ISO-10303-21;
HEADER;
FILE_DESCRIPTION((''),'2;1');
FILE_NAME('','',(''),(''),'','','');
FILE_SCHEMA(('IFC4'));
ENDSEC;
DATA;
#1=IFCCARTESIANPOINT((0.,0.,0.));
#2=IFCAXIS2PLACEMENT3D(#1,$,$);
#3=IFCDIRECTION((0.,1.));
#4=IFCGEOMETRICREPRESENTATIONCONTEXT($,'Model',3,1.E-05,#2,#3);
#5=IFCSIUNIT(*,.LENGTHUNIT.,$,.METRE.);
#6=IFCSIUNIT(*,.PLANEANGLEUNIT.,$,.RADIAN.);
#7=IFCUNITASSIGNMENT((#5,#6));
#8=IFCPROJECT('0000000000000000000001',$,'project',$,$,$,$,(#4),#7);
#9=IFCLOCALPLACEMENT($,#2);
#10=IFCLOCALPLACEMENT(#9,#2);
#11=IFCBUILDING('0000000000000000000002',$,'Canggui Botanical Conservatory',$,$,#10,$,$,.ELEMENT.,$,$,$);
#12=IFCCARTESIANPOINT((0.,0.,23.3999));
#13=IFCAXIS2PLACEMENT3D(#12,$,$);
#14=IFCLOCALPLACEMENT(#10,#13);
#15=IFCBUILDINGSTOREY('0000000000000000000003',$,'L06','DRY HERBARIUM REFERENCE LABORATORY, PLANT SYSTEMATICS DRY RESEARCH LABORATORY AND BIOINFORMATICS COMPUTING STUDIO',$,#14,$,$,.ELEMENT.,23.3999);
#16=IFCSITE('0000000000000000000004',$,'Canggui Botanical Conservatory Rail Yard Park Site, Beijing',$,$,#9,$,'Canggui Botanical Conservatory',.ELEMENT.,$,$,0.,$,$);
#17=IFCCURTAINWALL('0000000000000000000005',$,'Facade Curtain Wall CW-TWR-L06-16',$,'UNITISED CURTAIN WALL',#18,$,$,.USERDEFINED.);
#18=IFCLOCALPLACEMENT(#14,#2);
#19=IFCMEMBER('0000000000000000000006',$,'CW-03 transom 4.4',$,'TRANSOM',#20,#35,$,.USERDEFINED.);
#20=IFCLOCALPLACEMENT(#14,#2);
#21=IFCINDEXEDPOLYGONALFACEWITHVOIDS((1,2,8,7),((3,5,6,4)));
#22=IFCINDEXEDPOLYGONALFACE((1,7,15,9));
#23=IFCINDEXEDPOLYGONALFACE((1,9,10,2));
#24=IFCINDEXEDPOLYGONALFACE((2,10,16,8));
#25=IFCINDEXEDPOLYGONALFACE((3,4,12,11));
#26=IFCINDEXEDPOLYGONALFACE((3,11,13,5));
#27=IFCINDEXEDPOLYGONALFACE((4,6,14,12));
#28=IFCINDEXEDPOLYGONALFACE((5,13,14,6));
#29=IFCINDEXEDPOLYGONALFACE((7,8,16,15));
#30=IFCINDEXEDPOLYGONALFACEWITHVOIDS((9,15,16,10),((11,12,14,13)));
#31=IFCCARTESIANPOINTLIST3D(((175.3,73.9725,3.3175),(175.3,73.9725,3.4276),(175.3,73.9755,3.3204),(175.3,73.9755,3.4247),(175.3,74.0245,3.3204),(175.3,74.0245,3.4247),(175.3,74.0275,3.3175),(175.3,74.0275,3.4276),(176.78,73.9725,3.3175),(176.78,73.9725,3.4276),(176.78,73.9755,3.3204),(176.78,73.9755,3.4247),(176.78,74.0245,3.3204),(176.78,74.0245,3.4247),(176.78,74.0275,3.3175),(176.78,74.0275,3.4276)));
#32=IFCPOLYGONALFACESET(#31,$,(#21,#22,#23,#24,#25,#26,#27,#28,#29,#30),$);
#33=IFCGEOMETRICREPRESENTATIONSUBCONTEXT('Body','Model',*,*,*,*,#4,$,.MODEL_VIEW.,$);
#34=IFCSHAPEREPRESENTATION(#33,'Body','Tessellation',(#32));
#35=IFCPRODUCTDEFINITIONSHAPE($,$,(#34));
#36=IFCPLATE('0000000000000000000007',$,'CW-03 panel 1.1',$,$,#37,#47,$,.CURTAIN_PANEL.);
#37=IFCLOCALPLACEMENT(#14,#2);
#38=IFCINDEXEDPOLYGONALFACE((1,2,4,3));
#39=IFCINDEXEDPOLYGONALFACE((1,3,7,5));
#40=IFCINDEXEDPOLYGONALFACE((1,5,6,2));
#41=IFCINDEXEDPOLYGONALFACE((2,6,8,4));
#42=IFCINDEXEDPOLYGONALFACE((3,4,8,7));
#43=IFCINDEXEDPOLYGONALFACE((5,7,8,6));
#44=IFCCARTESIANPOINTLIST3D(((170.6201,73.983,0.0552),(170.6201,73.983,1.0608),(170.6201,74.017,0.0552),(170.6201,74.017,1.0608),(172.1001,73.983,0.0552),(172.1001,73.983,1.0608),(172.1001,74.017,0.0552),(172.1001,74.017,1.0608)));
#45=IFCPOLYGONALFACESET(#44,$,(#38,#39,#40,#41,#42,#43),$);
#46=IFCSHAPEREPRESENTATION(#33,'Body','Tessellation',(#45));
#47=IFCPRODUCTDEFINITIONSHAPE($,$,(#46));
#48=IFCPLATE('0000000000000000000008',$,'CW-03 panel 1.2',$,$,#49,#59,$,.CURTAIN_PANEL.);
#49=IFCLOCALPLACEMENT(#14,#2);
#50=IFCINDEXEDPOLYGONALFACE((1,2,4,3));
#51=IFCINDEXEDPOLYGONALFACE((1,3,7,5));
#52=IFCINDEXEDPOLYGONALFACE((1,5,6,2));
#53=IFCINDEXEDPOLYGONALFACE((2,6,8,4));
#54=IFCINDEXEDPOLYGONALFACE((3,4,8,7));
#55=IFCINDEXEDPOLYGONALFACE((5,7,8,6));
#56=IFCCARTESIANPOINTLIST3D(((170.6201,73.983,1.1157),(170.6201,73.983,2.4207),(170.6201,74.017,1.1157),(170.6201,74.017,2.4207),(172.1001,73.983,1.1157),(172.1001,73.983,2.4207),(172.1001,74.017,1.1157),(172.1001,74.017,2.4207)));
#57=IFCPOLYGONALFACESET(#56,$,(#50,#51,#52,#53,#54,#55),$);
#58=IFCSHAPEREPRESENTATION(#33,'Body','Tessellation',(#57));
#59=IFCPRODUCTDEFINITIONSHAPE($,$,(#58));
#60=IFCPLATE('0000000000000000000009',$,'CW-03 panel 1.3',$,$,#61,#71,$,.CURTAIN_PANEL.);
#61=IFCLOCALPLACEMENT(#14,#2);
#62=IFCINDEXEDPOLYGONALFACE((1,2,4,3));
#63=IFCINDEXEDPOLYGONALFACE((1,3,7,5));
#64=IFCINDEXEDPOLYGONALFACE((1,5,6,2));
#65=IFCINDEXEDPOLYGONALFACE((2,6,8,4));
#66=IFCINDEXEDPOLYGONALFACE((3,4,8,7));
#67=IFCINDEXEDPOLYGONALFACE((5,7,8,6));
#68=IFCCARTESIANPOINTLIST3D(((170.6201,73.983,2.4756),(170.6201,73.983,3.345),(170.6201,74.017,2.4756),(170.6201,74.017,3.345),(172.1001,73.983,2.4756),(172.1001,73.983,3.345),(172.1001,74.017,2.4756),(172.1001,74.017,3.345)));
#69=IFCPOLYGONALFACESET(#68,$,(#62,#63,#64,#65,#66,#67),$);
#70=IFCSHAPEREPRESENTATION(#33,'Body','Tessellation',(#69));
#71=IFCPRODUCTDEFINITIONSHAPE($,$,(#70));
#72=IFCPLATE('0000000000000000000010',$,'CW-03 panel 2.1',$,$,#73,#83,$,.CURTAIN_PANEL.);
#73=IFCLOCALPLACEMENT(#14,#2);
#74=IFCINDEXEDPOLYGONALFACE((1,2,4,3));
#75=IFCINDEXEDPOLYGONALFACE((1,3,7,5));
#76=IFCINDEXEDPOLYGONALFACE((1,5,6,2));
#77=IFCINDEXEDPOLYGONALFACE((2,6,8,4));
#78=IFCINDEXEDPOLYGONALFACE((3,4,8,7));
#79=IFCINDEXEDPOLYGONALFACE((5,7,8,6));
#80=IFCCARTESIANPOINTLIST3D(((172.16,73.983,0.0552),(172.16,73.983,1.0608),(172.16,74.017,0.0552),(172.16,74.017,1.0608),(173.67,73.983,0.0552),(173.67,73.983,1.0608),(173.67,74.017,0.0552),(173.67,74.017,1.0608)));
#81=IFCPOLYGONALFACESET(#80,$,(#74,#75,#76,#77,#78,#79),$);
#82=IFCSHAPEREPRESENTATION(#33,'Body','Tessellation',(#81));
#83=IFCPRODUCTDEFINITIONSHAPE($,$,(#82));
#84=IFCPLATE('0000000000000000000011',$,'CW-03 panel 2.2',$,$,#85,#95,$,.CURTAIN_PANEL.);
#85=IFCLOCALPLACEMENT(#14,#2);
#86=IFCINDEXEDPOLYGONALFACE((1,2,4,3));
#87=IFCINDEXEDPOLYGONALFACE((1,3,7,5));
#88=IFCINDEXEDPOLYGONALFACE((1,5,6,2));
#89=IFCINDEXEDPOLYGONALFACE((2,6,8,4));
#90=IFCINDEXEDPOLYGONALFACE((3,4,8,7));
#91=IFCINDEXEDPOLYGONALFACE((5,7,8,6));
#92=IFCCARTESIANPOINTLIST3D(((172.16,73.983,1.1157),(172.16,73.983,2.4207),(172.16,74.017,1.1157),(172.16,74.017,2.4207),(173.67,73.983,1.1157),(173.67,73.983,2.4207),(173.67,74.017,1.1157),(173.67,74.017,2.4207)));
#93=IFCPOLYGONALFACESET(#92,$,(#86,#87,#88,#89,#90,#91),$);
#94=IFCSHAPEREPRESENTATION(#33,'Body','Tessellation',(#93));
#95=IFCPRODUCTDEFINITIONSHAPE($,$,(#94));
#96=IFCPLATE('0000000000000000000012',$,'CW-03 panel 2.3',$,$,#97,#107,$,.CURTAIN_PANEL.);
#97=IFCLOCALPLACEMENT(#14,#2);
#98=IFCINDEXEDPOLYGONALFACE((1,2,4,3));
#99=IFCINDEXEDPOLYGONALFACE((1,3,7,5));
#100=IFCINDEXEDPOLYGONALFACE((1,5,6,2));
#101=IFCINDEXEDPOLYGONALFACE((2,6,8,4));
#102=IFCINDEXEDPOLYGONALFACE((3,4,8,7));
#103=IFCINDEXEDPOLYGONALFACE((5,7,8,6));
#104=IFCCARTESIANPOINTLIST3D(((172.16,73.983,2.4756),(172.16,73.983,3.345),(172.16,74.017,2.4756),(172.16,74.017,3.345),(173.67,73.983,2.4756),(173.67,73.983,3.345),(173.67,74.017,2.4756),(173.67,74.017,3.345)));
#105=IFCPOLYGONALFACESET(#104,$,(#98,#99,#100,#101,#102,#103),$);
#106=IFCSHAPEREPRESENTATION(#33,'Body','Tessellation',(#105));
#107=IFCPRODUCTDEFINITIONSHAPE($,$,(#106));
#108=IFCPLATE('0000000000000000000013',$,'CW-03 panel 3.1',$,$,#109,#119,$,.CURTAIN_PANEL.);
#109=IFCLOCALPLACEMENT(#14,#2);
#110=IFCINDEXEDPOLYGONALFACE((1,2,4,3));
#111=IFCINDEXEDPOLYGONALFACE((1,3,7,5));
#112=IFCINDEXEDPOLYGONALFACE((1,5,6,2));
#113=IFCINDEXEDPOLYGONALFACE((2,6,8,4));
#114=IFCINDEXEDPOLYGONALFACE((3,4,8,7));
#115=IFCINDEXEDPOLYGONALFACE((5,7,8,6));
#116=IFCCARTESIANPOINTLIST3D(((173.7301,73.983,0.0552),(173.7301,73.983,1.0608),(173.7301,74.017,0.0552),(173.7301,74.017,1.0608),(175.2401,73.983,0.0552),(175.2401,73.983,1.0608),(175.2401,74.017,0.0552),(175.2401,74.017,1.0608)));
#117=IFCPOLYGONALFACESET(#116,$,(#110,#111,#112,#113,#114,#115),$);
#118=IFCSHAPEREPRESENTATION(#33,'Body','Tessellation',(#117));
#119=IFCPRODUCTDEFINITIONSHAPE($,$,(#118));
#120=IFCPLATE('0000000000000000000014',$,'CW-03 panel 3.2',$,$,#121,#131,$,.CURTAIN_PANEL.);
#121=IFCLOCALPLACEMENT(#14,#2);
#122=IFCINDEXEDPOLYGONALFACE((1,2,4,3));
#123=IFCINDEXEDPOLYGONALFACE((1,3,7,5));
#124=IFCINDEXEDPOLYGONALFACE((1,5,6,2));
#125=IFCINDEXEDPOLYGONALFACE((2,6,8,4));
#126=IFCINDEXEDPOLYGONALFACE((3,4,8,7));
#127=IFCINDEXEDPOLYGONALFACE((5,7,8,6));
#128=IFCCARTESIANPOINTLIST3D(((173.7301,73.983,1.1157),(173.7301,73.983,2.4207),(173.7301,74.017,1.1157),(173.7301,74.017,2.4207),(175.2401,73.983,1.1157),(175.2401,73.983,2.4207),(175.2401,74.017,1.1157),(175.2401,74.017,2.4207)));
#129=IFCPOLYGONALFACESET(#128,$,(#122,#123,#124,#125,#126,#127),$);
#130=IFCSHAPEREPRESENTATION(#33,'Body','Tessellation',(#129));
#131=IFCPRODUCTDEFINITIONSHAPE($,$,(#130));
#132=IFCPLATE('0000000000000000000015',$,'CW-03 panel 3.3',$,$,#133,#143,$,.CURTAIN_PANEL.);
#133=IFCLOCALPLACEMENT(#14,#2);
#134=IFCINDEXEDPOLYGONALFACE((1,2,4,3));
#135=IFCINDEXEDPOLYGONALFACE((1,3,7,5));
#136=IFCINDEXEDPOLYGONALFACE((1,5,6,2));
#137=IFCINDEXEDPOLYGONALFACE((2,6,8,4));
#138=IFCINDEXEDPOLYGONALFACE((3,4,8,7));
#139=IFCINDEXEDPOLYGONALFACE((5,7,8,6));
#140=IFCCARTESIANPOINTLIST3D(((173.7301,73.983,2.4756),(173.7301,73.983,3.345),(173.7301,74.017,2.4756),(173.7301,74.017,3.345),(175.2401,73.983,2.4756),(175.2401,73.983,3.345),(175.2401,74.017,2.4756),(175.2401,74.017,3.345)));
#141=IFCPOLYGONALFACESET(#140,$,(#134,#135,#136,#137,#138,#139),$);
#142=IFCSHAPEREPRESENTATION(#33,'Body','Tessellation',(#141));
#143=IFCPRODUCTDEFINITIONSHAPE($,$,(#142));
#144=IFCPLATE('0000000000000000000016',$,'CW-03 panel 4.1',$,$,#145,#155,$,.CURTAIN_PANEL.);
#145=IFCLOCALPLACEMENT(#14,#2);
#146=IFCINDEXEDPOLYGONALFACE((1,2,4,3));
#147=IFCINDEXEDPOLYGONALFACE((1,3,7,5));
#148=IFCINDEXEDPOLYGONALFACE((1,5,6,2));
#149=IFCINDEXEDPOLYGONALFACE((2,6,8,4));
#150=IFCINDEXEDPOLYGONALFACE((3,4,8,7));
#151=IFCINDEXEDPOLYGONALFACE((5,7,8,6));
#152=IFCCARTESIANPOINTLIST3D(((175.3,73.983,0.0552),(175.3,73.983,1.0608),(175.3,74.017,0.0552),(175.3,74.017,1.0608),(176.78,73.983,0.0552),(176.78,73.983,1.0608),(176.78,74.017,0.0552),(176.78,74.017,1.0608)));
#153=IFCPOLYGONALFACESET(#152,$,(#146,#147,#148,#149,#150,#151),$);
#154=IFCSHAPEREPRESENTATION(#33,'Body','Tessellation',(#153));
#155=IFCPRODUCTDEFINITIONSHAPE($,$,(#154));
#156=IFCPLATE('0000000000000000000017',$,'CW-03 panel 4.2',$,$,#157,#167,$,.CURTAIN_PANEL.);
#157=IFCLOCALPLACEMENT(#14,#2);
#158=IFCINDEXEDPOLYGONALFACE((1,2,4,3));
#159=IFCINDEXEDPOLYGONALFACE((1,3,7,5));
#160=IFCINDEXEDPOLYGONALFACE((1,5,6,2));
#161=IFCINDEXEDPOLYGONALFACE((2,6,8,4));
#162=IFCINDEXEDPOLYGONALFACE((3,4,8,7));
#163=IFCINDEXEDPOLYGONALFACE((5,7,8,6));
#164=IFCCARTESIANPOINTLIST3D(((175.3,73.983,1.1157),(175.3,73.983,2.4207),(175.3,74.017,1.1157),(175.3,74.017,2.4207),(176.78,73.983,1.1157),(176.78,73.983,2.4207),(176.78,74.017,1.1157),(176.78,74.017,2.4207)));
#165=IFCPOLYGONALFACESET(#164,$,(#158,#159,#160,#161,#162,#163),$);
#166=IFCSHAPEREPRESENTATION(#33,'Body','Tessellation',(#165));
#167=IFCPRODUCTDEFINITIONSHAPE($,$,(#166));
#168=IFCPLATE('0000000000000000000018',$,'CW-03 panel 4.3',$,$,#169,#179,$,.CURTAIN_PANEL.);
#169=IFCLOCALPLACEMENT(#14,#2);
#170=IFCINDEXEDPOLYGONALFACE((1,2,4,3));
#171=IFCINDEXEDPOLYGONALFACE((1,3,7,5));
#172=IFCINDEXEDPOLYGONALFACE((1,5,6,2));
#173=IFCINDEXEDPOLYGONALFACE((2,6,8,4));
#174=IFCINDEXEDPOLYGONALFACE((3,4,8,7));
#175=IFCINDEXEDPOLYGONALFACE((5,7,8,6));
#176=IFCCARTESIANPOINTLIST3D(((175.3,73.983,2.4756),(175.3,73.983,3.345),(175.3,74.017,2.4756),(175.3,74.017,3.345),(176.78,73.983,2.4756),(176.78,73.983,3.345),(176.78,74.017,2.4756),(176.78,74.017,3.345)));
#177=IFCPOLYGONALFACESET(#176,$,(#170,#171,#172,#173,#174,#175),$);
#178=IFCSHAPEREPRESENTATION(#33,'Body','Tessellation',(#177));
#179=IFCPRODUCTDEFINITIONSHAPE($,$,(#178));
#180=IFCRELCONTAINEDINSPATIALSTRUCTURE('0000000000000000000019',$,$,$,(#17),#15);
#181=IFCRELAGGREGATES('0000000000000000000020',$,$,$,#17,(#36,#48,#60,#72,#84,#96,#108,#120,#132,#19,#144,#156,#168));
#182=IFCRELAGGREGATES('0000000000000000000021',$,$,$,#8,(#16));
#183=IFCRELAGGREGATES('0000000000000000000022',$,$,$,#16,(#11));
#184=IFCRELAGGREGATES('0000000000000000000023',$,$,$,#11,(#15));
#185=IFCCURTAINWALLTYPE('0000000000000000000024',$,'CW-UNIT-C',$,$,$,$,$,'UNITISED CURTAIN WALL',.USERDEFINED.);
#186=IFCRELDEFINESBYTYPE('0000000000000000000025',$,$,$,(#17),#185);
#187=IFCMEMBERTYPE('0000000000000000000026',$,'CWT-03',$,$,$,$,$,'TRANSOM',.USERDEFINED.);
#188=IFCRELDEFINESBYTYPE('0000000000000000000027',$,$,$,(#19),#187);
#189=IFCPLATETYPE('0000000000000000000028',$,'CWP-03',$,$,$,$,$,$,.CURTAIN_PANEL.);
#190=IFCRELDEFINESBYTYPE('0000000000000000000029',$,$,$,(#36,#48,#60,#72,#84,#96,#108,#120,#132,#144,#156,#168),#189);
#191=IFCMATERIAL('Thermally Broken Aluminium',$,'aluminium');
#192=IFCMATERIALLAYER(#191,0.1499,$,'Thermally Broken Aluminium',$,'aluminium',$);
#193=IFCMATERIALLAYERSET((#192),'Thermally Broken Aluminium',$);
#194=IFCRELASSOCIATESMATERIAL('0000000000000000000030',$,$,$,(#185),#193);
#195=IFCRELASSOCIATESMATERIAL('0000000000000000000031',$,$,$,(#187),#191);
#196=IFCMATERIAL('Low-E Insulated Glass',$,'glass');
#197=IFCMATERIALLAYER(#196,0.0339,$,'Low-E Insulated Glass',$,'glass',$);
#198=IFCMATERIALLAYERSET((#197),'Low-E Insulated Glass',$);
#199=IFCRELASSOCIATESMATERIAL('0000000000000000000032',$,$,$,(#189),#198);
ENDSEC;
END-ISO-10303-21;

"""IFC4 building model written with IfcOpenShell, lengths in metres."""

from ifc_helpers import new_model, si_unit, direction, frame, origin, origin_2d, place, context, subcontext, project, spatial, rectangle, hollow_rectangle, extrude, material, layer, layer_set, material_profile, profile_set, type_object, element, aggregate, save


model = new_model("IFC4")

# Units and contexts
model_context = context("Model", 3, precision=1e-05, world=origin(), true_north=direction((0.0, 1.0)))
body_context = subcontext(model_context, "Body", "Model", "MODEL_VIEW")
ifc_project = project(units=[si_unit("LENGTHUNIT", "METRE"), si_unit("PLANEANGLEUNIT", "RADIAN")], contexts=[model_context])

# Site, building, storey
site_placement = place(None, origin())
site = spatial("IfcSite", under=ifc_project, at=site_placement, Name="Canggui Botanical Conservatory Rail Yard Park Site, Beijing", LongName="Canggui Botanical Conservatory", CompositionType="ELEMENT", RefElevation=0.0)
building_placement = place(site_placement, origin())
building = spatial("IfcBuilding", under=site, at=building_placement, Name="Canggui Botanical Conservatory", CompositionType="ELEMENT")
storey_placement = place(building_placement, frame((0.0, 0.0, 23.3999)))
storey = spatial("IfcBuildingStorey", under=building, at=storey_placement, Name="L06", Description="DRY HERBARIUM REFERENCE LABORATORY, PLANT SYSTEMATICS DRY RESEARCH LABORATORY AND BIOINFORMATICS COMPUTING STUDIO", CompositionType="ELEMENT", Elevation=23.3999)

# Curtain wall
ifc_material_1 = material(Name="Thermally Broken Aluminium", Category="aluminium")
ifc_layer_1 = layer(ifc_material_1, 0.1499, Name="Thermally Broken Aluminium", Category="aluminium")
ifc_layer_set_1 = layer_set([ifc_layer_1], Name="Thermally Broken Aluminium")
curtain_wall_type = type_object("IfcCurtainWallType", Name="CW-UNIT-C", ElementType="UNITISED CURTAIN WALL", PredefinedType="USERDEFINED", material=ifc_layer_set_1)
curtain_wall_1_placement = place(storey_placement, origin())
curtain_wall_1 = element("IfcCurtainWall", 1, at=curtain_wall_1_placement, inside=storey, type_object=curtain_wall_type, Name="Facade Curtain Wall CW-TWR-L06-16", ObjectType="UNITISED CURTAIN WALL", PredefinedType="USERDEFINED")

# Member
ifc_material_profile_1 = material_profile(ifc_material_1, hollow_rectangle(XDim=0.0549, YDim=0.1101, WallThickness=0.0029, at=origin_2d()), Name="CWT 55x110x3")
ifc_profile_set_1 = profile_set([ifc_material_profile_1], Name="Thermally Broken Aluminium")
member_type_1 = type_object("IfcMemberType", Name="CWT-03", ElementType="TRANSOM", PredefinedType="USERDEFINED", material=ifc_profile_set_1)
member_1_placement = place(storey_placement, frame((175.3, 74.0, 3.3726), z_axis=(1.0, 0.0, 0.0), x_axis=(0.0, 1.0, 0.0)))
member_1 = element("IfcMember", 2, at=member_1_placement, type_object=member_type_1, Name="CW-03 transom 4.4", ObjectType="TRANSOM", PredefinedType="USERDEFINED", context=body_context, shape_type="SweptSolid", body=[
    extrude(hollow_rectangle(XDim=0.0549, YDim=0.1101, WallThickness=0.0029, at=origin_2d()), origin(), (0.0, 0.0, 1.0), 1.48),
])

# Plates
ifc_material_2 = material(Name="Low-E Insulated Glass", Category="glass")
ifc_layer_2 = layer(ifc_material_2, 0.0339, Name="Low-E Insulated Glass", Category="glass")
ifc_layer_set_2 = layer_set([ifc_layer_2], Name="Low-E Insulated Glass")
plate_type = type_object("IfcPlateType", Name="CWP-03", PredefinedType="CURTAIN_PANEL", material=ifc_layer_set_2)
plate_1_placement = place(storey_placement, frame((171.3601, 74.0, 0.0552), z_axis=(0.0, 0.0, 1.0), x_axis=(1.0, 0.0, 0.0)))
plate_1 = element("IfcPlate", 3, at=plate_1_placement, type_object=plate_type, Name="CW-03 panel 1.1", PredefinedType="CURTAIN_PANEL", context=body_context, shape_type="SweptSolid", body=[
    extrude(rectangle(XDim=1.48, YDim=0.0339, at=origin_2d()), origin(), (0.0, 0.0, 1.0), 1.0056),
])
plate_2_placement = place(storey_placement, frame((171.3601, 74.0, 1.1157), z_axis=(0.0, 0.0, 1.0), x_axis=(1.0, 0.0, 0.0)))
plate_2 = element("IfcPlate", 4, at=plate_2_placement, type_object=plate_type, Name="CW-03 panel 1.2", PredefinedType="CURTAIN_PANEL", context=body_context, shape_type="SweptSolid", body=[
    extrude(rectangle(XDim=1.48, YDim=0.0339, at=origin_2d()), origin(), (0.0, 0.0, 1.0), 1.3049),
])
plate_3_placement = place(storey_placement, frame((171.3601, 74.0, 2.4756), z_axis=(0.0, 0.0, 1.0), x_axis=(1.0, 0.0, 0.0)))
plate_3 = element("IfcPlate", 5, at=plate_3_placement, type_object=plate_type, Name="CW-03 panel 1.3", PredefinedType="CURTAIN_PANEL", context=body_context, shape_type="SweptSolid", body=[
    extrude(rectangle(XDim=1.48, YDim=0.0339, at=origin_2d()), origin(), (0.0, 0.0, 1.0), 0.8694),
])
plate_4_placement = place(storey_placement, frame((172.915, 74.0, 0.0552), z_axis=(0.0, 0.0, 1.0), x_axis=(1.0, 0.0, 0.0)))
plate_4 = element("IfcPlate", 6, at=plate_4_placement, type_object=plate_type, Name="CW-03 panel 2.1", PredefinedType="CURTAIN_PANEL", context=body_context, shape_type="SweptSolid", body=[
    extrude(rectangle(XDim=1.51, YDim=0.0339, at=origin_2d()), origin(), (0.0, 0.0, 1.0), 1.0056),
])
plate_5_placement = place(storey_placement, frame((172.915, 74.0, 1.1157), z_axis=(0.0, 0.0, 1.0), x_axis=(1.0, 0.0, 0.0)))
plate_5 = element("IfcPlate", 7, at=plate_5_placement, type_object=plate_type, Name="CW-03 panel 2.2", PredefinedType="CURTAIN_PANEL", context=body_context, shape_type="SweptSolid", body=[
    extrude(rectangle(XDim=1.51, YDim=0.0339, at=origin_2d()), origin(), (0.0, 0.0, 1.0), 1.3049),
])
plate_6_placement = place(storey_placement, frame((172.915, 74.0, 2.4756), z_axis=(0.0, 0.0, 1.0), x_axis=(1.0, 0.0, 0.0)))
plate_6 = element("IfcPlate", 8, at=plate_6_placement, type_object=plate_type, Name="CW-03 panel 2.3", PredefinedType="CURTAIN_PANEL", context=body_context, shape_type="SweptSolid", body=[
    extrude(rectangle(XDim=1.51, YDim=0.0339, at=origin_2d()), origin(), (0.0, 0.0, 1.0), 0.8694),
])
plate_7_placement = place(storey_placement, frame((174.4851, 74.0, 0.0552), z_axis=(0.0, 0.0, 1.0), x_axis=(1.0, 0.0, 0.0)))
plate_7 = element("IfcPlate", 9, at=plate_7_placement, type_object=plate_type, Name="CW-03 panel 3.1", PredefinedType="CURTAIN_PANEL", context=body_context, shape_type="SweptSolid", body=[
    extrude(rectangle(XDim=1.51, YDim=0.0339, at=origin_2d()), origin(), (0.0, 0.0, 1.0), 1.0056),
])
plate_8_placement = place(storey_placement, frame((174.4851, 74.0, 1.1157), z_axis=(0.0, 0.0, 1.0), x_axis=(1.0, 0.0, 0.0)))
plate_8 = element("IfcPlate", 10, at=plate_8_placement, type_object=plate_type, Name="CW-03 panel 3.2", PredefinedType="CURTAIN_PANEL", context=body_context, shape_type="SweptSolid", body=[
    extrude(rectangle(XDim=1.51, YDim=0.0339, at=origin_2d()), origin(), (0.0, 0.0, 1.0), 1.3049),
])
plate_9_placement = place(storey_placement, frame((174.4851, 74.0, 2.4756), z_axis=(0.0, 0.0, 1.0), x_axis=(1.0, 0.0, 0.0)))
plate_9 = element("IfcPlate", 11, at=plate_9_placement, type_object=plate_type, Name="CW-03 panel 3.3", PredefinedType="CURTAIN_PANEL", context=body_context, shape_type="SweptSolid", body=[
    extrude(rectangle(XDim=1.51, YDim=0.0339, at=origin_2d()), origin(), (0.0, 0.0, 1.0), 0.8694),
])
plate_10_placement = place(storey_placement, frame((176.04, 74.0, 0.0552), z_axis=(0.0, 0.0, 1.0), x_axis=(1.0, 0.0, 0.0)))
plate_10 = element("IfcPlate", 12, at=plate_10_placement, type_object=plate_type, Name="CW-03 panel 4.1", PredefinedType="CURTAIN_PANEL", context=body_context, shape_type="SweptSolid", body=[
    extrude(rectangle(XDim=1.48, YDim=0.0339, at=origin_2d()), origin(), (0.0, 0.0, 1.0), 1.0056),
])
plate_11_placement = place(storey_placement, frame((176.04, 74.0, 1.1157), z_axis=(0.0, 0.0, 1.0), x_axis=(1.0, 0.0, 0.0)))
plate_11 = element("IfcPlate", 13, at=plate_11_placement, type_object=plate_type, Name="CW-03 panel 4.2", PredefinedType="CURTAIN_PANEL", context=body_context, shape_type="SweptSolid", body=[
    extrude(rectangle(XDim=1.48, YDim=0.0339, at=origin_2d()), origin(), (0.0, 0.0, 1.0), 1.3049),
])
plate_12_placement = place(storey_placement, frame((176.04, 74.0, 2.4756), z_axis=(0.0, 0.0, 1.0), x_axis=(1.0, 0.0, 0.0)))
plate_12 = element("IfcPlate", 14, at=plate_12_placement, type_object=plate_type, Name="CW-03 panel 4.3", PredefinedType="CURTAIN_PANEL", context=body_context, shape_type="SweptSolid", body=[
    extrude(rectangle(XDim=1.48, YDim=0.0339, at=origin_2d()), origin(), (0.0, 0.0, 1.0), 0.8694),
])
aggregate(curtain_wall_1, [plate_1, plate_2, plate_3, plate_4, plate_5, plate_6, plate_7, plate_8, plate_9, member_1, plate_10, plate_11, plate_12])

save(model, "model.ifc")
